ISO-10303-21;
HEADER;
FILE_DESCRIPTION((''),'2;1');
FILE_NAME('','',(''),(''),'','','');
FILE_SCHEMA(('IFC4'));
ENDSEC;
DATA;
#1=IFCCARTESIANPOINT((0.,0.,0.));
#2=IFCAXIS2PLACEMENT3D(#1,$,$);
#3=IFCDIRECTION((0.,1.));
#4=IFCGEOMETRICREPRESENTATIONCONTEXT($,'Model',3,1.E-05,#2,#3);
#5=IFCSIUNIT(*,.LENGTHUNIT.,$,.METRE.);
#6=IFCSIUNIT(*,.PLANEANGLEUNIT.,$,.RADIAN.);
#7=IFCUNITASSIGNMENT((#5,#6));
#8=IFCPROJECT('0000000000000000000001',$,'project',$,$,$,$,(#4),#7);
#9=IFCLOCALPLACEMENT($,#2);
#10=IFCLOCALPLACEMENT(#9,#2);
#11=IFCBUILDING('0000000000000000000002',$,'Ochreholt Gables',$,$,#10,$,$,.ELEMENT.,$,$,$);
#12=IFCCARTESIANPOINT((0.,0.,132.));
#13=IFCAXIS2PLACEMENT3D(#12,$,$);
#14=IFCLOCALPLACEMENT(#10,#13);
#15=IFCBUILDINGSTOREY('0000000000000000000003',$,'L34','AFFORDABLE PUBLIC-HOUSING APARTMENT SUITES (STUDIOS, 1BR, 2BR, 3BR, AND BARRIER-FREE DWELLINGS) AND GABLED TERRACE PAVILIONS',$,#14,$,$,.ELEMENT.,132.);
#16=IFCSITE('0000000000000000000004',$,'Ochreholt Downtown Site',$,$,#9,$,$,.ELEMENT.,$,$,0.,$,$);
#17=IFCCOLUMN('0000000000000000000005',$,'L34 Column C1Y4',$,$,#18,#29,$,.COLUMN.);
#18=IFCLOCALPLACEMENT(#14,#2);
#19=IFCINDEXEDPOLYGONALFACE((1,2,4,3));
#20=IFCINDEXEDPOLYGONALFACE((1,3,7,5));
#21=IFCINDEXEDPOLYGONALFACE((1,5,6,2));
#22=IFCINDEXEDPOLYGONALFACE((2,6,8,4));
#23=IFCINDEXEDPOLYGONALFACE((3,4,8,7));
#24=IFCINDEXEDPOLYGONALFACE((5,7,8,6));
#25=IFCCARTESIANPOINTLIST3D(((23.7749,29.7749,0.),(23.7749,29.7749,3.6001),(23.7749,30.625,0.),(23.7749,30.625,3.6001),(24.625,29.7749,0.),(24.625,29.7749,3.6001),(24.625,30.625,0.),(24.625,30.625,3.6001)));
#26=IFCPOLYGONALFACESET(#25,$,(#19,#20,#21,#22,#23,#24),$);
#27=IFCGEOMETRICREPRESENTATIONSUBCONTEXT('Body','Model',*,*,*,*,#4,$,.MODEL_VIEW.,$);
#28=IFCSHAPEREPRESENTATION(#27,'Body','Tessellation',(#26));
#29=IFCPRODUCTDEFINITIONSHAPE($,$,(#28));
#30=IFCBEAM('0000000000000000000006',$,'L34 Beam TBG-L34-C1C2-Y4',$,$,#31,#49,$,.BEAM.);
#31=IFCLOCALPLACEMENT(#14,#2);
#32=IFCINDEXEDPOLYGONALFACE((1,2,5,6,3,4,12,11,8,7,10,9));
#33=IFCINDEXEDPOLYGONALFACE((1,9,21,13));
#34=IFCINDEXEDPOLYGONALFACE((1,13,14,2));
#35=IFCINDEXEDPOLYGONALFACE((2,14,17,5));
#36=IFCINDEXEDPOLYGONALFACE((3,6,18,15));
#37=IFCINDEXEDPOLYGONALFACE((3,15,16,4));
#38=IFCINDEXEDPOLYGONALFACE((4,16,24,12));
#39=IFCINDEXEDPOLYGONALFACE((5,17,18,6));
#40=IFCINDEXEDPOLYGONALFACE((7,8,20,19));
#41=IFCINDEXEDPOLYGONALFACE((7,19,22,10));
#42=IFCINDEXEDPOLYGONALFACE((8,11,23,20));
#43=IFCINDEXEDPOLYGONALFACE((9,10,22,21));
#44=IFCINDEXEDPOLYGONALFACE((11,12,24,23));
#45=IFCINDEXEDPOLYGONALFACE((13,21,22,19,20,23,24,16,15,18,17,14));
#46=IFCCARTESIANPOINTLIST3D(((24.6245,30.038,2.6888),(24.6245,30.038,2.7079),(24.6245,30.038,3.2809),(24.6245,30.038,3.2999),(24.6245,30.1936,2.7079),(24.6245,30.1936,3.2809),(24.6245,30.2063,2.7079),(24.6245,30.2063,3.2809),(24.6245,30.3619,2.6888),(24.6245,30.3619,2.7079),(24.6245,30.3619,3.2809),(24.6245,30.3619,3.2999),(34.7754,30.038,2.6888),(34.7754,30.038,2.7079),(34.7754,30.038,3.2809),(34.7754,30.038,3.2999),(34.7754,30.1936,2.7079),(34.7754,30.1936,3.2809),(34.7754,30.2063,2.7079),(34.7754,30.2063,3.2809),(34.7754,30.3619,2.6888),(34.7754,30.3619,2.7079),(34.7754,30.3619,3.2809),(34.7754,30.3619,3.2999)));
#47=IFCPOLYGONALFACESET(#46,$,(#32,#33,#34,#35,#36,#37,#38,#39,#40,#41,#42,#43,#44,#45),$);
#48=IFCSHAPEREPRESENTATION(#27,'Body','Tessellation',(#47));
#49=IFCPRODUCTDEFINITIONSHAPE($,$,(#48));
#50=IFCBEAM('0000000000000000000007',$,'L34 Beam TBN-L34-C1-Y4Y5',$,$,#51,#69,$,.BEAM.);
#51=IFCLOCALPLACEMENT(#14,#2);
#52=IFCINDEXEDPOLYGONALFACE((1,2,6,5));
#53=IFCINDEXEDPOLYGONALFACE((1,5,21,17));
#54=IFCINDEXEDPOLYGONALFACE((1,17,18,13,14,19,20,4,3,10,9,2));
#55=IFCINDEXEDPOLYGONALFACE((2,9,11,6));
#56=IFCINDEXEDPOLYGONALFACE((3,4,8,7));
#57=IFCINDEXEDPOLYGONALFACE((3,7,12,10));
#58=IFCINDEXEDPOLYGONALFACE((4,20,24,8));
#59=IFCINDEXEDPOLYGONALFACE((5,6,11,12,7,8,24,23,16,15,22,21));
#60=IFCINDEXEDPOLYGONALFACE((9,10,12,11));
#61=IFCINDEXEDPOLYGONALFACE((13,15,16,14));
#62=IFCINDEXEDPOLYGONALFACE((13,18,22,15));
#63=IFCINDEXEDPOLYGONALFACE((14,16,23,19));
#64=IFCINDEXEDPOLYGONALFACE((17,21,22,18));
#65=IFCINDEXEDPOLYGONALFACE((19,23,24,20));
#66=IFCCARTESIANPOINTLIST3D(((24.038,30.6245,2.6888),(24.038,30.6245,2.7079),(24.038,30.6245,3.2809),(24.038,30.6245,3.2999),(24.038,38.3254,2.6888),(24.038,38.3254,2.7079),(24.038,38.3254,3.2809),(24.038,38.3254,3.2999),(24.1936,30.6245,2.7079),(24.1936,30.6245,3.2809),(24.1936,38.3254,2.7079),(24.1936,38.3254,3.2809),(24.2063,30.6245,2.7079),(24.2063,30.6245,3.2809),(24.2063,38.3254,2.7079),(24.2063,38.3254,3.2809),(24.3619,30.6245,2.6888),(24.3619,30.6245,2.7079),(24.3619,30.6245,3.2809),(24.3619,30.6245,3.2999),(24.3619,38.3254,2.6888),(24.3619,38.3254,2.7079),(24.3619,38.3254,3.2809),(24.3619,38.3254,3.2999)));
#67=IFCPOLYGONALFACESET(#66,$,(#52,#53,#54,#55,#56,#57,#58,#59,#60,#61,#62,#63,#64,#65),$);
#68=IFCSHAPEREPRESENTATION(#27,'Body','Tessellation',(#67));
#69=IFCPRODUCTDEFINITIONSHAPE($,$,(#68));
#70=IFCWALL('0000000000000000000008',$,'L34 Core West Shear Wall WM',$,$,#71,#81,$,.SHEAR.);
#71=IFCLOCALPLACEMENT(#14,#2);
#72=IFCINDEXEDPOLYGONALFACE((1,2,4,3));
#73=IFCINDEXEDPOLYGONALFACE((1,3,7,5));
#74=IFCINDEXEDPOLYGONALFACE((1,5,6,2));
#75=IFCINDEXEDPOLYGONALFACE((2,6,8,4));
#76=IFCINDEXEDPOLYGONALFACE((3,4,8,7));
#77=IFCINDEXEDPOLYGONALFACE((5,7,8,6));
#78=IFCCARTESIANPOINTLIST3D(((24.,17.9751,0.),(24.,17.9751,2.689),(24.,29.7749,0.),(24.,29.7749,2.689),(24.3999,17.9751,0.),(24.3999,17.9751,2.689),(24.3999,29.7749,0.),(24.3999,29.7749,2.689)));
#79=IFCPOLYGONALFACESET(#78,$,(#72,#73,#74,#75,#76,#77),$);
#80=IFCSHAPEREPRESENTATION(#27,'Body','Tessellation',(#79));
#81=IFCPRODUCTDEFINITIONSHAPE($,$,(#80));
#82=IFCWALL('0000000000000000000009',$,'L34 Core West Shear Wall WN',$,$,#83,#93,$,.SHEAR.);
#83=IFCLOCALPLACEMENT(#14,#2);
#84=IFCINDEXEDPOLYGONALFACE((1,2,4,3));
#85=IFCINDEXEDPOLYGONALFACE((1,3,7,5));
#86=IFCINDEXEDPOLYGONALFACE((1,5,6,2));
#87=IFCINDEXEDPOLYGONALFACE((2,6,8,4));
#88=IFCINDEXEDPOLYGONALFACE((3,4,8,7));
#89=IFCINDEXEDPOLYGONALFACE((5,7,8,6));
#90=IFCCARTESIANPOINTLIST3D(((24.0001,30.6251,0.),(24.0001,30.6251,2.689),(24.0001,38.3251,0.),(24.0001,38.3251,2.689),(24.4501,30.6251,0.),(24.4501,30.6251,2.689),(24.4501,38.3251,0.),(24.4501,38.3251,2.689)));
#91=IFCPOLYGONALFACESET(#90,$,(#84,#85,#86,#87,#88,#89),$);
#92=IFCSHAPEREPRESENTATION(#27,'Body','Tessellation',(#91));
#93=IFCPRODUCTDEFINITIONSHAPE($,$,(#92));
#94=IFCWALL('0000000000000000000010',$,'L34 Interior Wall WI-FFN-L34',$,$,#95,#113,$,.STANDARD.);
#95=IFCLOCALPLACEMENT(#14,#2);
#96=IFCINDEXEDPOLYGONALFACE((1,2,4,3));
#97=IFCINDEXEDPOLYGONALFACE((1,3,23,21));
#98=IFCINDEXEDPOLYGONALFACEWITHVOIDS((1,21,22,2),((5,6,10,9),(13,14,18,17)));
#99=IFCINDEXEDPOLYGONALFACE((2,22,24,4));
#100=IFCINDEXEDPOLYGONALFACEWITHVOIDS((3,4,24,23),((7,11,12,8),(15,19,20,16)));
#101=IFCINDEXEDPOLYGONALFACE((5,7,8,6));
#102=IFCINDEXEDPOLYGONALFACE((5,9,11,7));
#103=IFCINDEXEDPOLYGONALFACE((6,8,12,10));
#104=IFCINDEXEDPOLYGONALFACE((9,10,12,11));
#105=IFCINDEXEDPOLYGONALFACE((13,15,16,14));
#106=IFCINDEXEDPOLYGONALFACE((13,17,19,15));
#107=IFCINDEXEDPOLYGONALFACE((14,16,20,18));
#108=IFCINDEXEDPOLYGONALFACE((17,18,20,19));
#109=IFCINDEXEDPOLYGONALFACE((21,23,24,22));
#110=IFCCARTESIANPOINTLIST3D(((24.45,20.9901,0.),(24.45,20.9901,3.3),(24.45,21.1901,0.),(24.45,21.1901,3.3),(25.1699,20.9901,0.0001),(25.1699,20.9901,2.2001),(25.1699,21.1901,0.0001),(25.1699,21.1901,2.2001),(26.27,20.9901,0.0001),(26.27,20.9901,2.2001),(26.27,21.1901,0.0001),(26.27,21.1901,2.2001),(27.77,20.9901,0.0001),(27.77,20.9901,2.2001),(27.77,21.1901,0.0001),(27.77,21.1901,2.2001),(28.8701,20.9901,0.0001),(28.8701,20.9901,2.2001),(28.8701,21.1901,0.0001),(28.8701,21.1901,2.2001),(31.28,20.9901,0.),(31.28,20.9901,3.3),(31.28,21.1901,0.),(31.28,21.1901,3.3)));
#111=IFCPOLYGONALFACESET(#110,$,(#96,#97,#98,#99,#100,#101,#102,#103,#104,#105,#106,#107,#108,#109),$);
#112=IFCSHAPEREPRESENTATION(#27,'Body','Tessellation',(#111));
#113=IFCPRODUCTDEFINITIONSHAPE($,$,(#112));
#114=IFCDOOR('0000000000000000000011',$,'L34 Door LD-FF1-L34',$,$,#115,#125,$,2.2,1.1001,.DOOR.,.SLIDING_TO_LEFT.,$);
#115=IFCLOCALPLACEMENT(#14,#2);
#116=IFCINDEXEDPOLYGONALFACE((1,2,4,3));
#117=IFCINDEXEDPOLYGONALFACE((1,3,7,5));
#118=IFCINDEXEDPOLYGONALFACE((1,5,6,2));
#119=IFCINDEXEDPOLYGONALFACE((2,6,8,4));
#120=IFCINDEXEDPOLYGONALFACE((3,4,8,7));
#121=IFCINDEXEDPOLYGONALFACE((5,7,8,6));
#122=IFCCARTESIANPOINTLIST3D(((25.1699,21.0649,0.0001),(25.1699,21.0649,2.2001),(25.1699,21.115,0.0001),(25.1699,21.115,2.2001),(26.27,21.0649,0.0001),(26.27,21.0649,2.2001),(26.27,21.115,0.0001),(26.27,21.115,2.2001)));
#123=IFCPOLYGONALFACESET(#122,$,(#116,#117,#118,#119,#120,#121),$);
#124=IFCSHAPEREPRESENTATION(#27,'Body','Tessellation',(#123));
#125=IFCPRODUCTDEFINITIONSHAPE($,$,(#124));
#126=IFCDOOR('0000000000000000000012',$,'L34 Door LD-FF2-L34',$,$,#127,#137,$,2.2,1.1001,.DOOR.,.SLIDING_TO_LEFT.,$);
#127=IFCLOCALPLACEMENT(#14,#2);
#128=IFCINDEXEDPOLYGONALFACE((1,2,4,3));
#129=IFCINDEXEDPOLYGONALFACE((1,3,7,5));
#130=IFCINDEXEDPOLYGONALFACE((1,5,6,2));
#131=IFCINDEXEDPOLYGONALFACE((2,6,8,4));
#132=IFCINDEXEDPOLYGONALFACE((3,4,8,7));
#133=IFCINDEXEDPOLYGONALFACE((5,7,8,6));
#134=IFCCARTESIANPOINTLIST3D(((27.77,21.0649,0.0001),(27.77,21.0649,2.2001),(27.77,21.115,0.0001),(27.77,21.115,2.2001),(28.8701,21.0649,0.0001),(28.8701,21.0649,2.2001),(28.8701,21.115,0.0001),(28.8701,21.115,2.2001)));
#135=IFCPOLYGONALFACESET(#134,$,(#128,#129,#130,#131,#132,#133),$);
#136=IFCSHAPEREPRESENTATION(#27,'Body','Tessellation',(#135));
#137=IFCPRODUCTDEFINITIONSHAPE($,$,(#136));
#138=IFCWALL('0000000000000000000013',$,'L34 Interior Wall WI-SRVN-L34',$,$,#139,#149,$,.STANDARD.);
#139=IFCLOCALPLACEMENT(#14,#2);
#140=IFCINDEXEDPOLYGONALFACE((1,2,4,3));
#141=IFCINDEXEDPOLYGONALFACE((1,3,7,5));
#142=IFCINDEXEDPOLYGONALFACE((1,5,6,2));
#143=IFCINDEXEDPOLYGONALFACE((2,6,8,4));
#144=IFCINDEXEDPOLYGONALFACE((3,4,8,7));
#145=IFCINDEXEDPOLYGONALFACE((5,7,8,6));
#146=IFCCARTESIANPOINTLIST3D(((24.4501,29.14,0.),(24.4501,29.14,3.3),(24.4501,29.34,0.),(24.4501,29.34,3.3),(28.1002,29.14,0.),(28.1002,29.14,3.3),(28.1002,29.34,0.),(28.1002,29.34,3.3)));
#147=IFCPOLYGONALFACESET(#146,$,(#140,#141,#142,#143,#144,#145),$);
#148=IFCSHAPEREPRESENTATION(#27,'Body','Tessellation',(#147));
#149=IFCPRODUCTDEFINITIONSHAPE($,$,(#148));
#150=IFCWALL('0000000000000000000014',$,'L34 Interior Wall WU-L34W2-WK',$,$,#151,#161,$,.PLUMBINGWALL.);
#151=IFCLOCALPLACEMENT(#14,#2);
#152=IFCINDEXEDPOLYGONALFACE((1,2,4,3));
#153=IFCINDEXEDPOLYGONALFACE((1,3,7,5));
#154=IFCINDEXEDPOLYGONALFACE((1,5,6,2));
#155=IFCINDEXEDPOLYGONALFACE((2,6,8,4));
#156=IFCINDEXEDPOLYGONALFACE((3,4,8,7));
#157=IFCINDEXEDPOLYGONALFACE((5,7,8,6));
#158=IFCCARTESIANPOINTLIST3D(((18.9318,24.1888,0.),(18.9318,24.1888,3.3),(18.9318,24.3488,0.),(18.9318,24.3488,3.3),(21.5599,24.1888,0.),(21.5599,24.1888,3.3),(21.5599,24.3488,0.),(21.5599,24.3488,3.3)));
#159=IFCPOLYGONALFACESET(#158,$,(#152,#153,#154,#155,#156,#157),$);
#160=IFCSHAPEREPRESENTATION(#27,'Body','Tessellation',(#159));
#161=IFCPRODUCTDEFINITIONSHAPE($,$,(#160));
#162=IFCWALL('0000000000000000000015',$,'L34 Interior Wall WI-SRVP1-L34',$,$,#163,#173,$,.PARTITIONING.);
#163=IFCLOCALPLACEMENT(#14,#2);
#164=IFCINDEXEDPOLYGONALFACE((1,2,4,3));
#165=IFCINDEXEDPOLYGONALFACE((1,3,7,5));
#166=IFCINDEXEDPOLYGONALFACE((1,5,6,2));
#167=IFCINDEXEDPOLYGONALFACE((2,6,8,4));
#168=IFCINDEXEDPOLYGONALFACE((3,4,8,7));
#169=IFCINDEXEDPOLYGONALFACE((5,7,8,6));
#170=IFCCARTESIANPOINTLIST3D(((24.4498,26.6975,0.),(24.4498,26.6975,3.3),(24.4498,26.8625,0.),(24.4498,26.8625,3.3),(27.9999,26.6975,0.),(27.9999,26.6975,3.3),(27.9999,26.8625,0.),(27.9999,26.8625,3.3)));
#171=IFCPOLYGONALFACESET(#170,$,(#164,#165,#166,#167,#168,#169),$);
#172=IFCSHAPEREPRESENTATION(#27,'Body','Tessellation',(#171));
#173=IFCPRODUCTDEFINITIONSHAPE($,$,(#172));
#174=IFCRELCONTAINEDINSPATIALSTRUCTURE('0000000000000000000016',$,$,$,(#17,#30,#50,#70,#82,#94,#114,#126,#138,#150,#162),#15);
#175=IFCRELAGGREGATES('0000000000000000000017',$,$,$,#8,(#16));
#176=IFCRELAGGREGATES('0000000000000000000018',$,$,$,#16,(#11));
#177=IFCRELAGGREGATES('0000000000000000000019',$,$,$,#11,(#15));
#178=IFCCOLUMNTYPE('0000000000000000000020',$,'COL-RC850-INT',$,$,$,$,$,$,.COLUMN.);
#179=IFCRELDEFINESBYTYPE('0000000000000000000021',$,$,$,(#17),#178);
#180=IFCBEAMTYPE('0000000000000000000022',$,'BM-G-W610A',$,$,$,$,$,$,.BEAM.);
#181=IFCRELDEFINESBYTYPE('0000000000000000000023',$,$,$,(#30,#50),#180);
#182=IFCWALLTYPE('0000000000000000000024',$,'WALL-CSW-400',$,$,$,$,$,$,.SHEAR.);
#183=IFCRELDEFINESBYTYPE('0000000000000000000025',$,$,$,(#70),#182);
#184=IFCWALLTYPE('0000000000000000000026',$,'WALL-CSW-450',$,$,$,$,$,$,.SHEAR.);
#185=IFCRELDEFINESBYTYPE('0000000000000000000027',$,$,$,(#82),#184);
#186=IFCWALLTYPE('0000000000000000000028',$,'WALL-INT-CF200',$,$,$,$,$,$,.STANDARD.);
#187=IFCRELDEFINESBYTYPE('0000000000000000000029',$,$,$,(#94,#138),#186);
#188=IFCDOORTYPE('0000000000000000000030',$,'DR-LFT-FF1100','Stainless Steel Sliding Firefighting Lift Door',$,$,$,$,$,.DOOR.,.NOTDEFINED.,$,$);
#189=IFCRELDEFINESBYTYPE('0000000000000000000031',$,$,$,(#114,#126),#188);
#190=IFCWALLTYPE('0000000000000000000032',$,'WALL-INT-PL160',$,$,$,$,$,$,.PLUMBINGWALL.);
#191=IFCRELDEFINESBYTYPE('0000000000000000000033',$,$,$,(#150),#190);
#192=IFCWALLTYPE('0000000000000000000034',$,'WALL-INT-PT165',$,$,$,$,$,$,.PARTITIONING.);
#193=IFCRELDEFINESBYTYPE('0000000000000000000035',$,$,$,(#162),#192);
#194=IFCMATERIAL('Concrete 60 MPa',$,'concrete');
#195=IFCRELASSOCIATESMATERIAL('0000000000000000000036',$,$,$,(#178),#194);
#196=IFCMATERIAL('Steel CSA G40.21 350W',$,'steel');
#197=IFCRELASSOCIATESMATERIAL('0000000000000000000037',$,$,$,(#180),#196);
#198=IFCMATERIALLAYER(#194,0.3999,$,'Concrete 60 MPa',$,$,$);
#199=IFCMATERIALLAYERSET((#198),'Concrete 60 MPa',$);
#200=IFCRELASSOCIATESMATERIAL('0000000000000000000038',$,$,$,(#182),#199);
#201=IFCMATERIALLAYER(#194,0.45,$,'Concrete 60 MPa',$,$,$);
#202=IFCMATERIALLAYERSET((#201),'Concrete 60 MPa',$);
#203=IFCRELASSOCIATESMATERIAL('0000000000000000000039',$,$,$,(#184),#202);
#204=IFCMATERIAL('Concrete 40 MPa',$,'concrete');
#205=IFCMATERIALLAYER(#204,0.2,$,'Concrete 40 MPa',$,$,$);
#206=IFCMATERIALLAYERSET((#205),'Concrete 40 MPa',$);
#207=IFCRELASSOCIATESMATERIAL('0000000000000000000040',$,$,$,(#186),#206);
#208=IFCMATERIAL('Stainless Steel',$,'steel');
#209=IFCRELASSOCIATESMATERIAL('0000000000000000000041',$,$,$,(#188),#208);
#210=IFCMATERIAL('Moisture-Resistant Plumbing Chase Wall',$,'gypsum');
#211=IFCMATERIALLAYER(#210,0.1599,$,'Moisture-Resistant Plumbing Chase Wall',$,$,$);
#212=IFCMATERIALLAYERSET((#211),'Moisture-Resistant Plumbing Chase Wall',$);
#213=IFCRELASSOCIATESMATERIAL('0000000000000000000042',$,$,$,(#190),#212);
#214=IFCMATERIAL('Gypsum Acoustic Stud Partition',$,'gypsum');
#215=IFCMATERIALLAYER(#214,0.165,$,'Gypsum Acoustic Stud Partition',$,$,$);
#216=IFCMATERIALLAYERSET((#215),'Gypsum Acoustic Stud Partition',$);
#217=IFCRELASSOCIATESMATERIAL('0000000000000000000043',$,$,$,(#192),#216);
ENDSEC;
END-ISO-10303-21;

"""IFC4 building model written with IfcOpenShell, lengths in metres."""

from ifc_helpers import new_model, si_unit, direction, frame, frame_2d, origin, origin_2d, place, context, subcontext, project, spatial, rectangle, i_section, extrude, material, layer, layer_set, material_profile, profile_set, type_object, element, fill, save


model = new_model("IFC4")

# Units and contexts
model_context = context("Model", 3, precision=1e-05, world=origin(), true_north=direction((0.0, 1.0)))
body_context = subcontext(model_context, "Body", "Model", "MODEL_VIEW")
ifc_project = project(units=[si_unit("LENGTHUNIT", "METRE"), si_unit("PLANEANGLEUNIT", "RADIAN")], contexts=[model_context])

# Site, building, storey
site_placement = place(None, origin())
site = spatial("IfcSite", under=ifc_project, at=site_placement, Name="Ochreholt Downtown Site", CompositionType="ELEMENT", RefElevation=0.0)
building_placement = place(site_placement, origin())
building = spatial("IfcBuilding", under=site, at=building_placement, Name="Ochreholt Gables", CompositionType="ELEMENT")
storey_placement = place(building_placement, frame((0.0, 0.0, 132.0)))
storey = spatial("IfcBuildingStorey", under=building, at=storey_placement, Name="L34", Description="AFFORDABLE PUBLIC-HOUSING APARTMENT SUITES (STUDIOS, 1BR, 2BR, 3BR, AND BARRIER-FREE DWELLINGS) AND GABLED TERRACE PAVILIONS", CompositionType="ELEMENT", Elevation=132.0)

# Column
ifc_material_1 = material(Name="Concrete 60 MPa", Category="concrete")
ifc_material_profile_1 = material_profile(ifc_material_1, rectangle(XDim=0.8501, YDim=0.8501, at=origin_2d()), Name="RC850X850")
ifc_profile_set_1 = profile_set([ifc_material_profile_1], Name="Concrete 60 MPa")
column_type = type_object("IfcColumnType", Name="COL-RC850-INT", PredefinedType="COLUMN", material=ifc_profile_set_1)
column_placement = place(storey_placement, frame((24.2, 30.2, 0.0), z_axis=(0.0, 0.0, 1.0), x_axis=(1.0, 0.0, 0.0)))
element("IfcColumn", 1, at=column_placement, inside=storey, type_object=column_type, Name="L34 Column C1Y4", PredefinedType="COLUMN", context=body_context, shape_type="SweptSolid", body=[
    extrude(rectangle(XDim=0.8501, YDim=0.8501, at=origin_2d()), origin(), (0.0, 0.0, 1.0), 3.6001),
])

# Beams
ifc_material_2 = material(Name="Steel CSA G40.21 350W", Category="steel")
ifc_material_profile_2 = material_profile(ifc_material_2, i_section(OverallWidth=0.324, OverallDepth=0.6111, WebThickness=0.0127, FlangeThickness=0.019, at=origin_2d()), Name="W610X155")
ifc_profile_set_2 = profile_set([ifc_material_profile_2], Name="Steel CSA G40.21 350W")
beam_type = type_object("IfcBeamType", Name="BM-G-W610A", PredefinedType="BEAM", material=ifc_profile_set_2)
beam_1_placement = place(storey_placement, frame((24.6245, 30.2, 2.9944), z_axis=(1.0, 0.0, 0.0), x_axis=(0.0, 1.0, 0.0)))
element("IfcBeam", 2, at=beam_1_placement, inside=storey, type_object=beam_type, Name="L34 Beam TBG-L34-C1C2-Y4", PredefinedType="BEAM", context=body_context, shape_type="SweptSolid", body=[
    extrude(i_section(OverallWidth=0.324, OverallDepth=0.6111, WebThickness=0.0127, FlangeThickness=0.019, at=origin_2d()), origin(), (0.0, 0.0, 1.0), 10.1509),
])
beam_2_placement = place(storey_placement, frame((24.2, 30.6245, 2.9944), z_axis=(0.0, 1.0, 0.0), x_axis=(-1.0, 0.0, 0.0)))
element("IfcBeam", 3, at=beam_2_placement, inside=storey, type_object=beam_type, Name="L34 Beam TBN-L34-C1-Y4Y5", PredefinedType="BEAM", context=body_context, shape_type="SweptSolid", body=[
    extrude(i_section(OverallWidth=0.324, OverallDepth=0.6111, WebThickness=0.0127, FlangeThickness=0.019, at=origin_2d()), origin(), (0.0, 0.0, 1.0), 7.7009),
])

# Walls
ifc_layer_1 = layer(ifc_material_1, 0.3999, Name="Concrete 60 MPa")
ifc_layer_set_1 = layer_set([ifc_layer_1], Name="Concrete 60 MPa")
wall_type_1 = type_object("IfcWallType", Name="WALL-CSW-400", PredefinedType="SHEAR", material=ifc_layer_set_1)
wall_1_placement = place(storey_placement, frame((24.2, 17.9751, 0.0), z_axis=(0.0, 0.0, 1.0), x_axis=(0.0, 1.0, 0.0)))
element("IfcWall", 4, at=wall_1_placement, inside=storey, type_object=wall_type_1, Name="L34 Core West Shear Wall WM", PredefinedType="SHEAR", context=body_context, shape_type="SweptSolid", body=[
    extrude(rectangle(XDim=11.7998, YDim=0.3999, at=frame_2d((5.8999, 0.0))), origin(), (0.0, 0.0, 1.0), 2.689),
])
ifc_layer_2 = layer(ifc_material_1, 0.45, Name="Concrete 60 MPa")
ifc_layer_set_2 = layer_set([ifc_layer_2], Name="Concrete 60 MPa")
wall_type_2 = type_object("IfcWallType", Name="WALL-CSW-450", PredefinedType="SHEAR", material=ifc_layer_set_2)
wall_2_placement = place(storey_placement, frame((24.2251, 30.625, 0.0), z_axis=(0.0, 0.0, 1.0), x_axis=(0.0, 1.0, 0.0)))
element("IfcWall", 5, at=wall_2_placement, inside=storey, type_object=wall_type_2, Name="L34 Core West Shear Wall WN", PredefinedType="SHEAR", context=body_context, shape_type="SweptSolid", body=[
    extrude(rectangle(XDim=7.7, YDim=0.45, at=frame_2d((3.8501, 0.0))), origin(), (0.0, 0.0, 1.0), 2.689),
])

# Wall, openings, doors
ifc_material_3 = material(Name="Concrete 40 MPa", Category="concrete")
ifc_layer_3 = layer(ifc_material_3, 0.2, Name="Concrete 40 MPa")
ifc_layer_set_3 = layer_set([ifc_layer_3], Name="Concrete 40 MPa")
wall_type_3 = type_object("IfcWallType", Name="WALL-INT-CF200", PredefinedType="STANDARD", material=ifc_layer_set_3)
wall_3_placement = place(storey_placement, frame((24.45, 21.0901, 0.0), z_axis=(0.0, 0.0, 1.0), x_axis=(1.0, 0.0, 0.0)))
wall_3 = element("IfcWall", 6, at=wall_3_placement, inside=storey, type_object=wall_type_3, Name="L34 Interior Wall WI-FFN-L34", PredefinedType="STANDARD", context=body_context, shape_type="SweptSolid", body=[
    extrude(rectangle(XDim=6.8301, YDim=0.2, at=frame_2d((3.415, 0.0))), origin(), (0.0, 0.0, 1.0), 3.3),
])
opening_1_placement = place(wall_3_placement, frame((0.72, 0.0, 0.0)))
opening_1 = element("IfcOpeningElement", 7, at=opening_1_placement, cuts=wall_3, PredefinedType="OPENING", context=body_context, shape_type="SweptSolid", body=[
    extrude(rectangle(XDim=1.1001, YDim=2.2, at=frame_2d((0.55, 1.1001))), frame((0.0, 0.1099, 0.0), z_axis=(0.0, -1.0, 0.0), x_axis=(1.0, 0.0, 0.0)), (0.0, 0.0, 1.0), 0.22),
])
opening_2_placement = place(wall_3_placement, frame((3.3201, 0.0, 0.0)))
opening_2 = element("IfcOpeningElement", 8, at=opening_2_placement, cuts=wall_3, PredefinedType="OPENING", context=body_context, shape_type="SweptSolid", body=[
    extrude(rectangle(XDim=1.1001, YDim=2.2, at=frame_2d((0.55, 1.1001))), frame((0.0, 0.1099, 0.0), z_axis=(0.0, -1.0, 0.0), x_axis=(1.0, 0.0, 0.0)), (0.0, 0.0, 1.0), 0.22),
])
ifc_material_4 = material(Name="Stainless Steel", Category="steel")
door_type_1 = type_object("IfcDoorType", Name="DR-LFT-FF1100", Description="Stainless Steel Sliding Firefighting Lift Door", OperationType="NOTDEFINED", PredefinedType="DOOR", material=ifc_material_4)
door_1_placement = place(opening_1_placement, origin())
door_1 = element("IfcDoor", 9, at=door_1_placement, inside=storey, type_object=door_type_1, Name="L34 Door LD-FF1-L34", OperationType="SLIDING_TO_LEFT", OverallHeight=2.2, OverallWidth=1.1001, PredefinedType="DOOR", context=body_context, shape_type="SweptSolid", body=[
    extrude(rectangle(XDim=1.1001, YDim=2.2, at=frame_2d((0.55, 1.1001))), frame((0.0, 0.0249, 0.0), z_axis=(0.0, -1.0, 0.0), x_axis=(1.0, 0.0, 0.0)), (0.0, 0.0, 1.0), 0.05),
])
fill(opening_1, door_1)
door_2_placement = place(opening_2_placement, origin())
door_2 = element("IfcDoor", 10, at=door_2_placement, inside=storey, type_object=door_type_1, Name="L34 Door LD-FF2-L34", OperationType="SLIDING_TO_LEFT", OverallHeight=2.2, OverallWidth=1.1001, PredefinedType="DOOR", context=body_context, shape_type="SweptSolid", body=[
    extrude(rectangle(XDim=1.1001, YDim=2.2, at=frame_2d((0.55, 1.1001))), frame((0.0, 0.0249, 0.0), z_axis=(0.0, -1.0, 0.0), x_axis=(1.0, 0.0, 0.0)), (0.0, 0.0, 1.0), 0.05),
])
fill(opening_2, door_2)

# Walls
wall_4_placement = place(storey_placement, frame((24.45, 29.24, 0.0), z_axis=(0.0, 0.0, 1.0), x_axis=(1.0, 0.0, 0.0)))
element("IfcWall", 11, at=wall_4_placement, inside=storey, type_object=wall_type_3, Name="L34 Interior Wall WI-SRVN-L34", PredefinedType="STANDARD", context=body_context, shape_type="SweptSolid", body=[
    extrude(rectangle(XDim=3.6501, YDim=0.2, at=frame_2d((1.8252, 0.0))), origin(), (0.0, 0.0, 1.0), 3.3),
])
ifc_material_5 = material(Name="Moisture-Resistant Plumbing Chase Wall", Category="gypsum")
ifc_layer_4 = layer(ifc_material_5, 0.1599, Name="Moisture-Resistant Plumbing Chase Wall")
ifc_layer_set_4 = layer_set([ifc_layer_4], Name="Moisture-Resistant Plumbing Chase Wall")
wall_type_4 = type_object("IfcWallType", Name="WALL-INT-PL160", PredefinedType="PLUMBINGWALL", material=ifc_layer_set_4)
wall_5_placement = place(storey_placement, frame((18.9319, 24.2688, 0.0), z_axis=(0.0, 0.0, 1.0), x_axis=(1.0, 0.0, 0.0)))
element("IfcWall", 12, at=wall_5_placement, inside=storey, type_object=wall_type_4, Name="L34 Interior Wall WU-L34W2-WK", PredefinedType="PLUMBINGWALL", context=body_context, shape_type="SweptSolid", body=[
    extrude(rectangle(XDim=2.6282, YDim=0.1599, at=frame_2d((1.314, 0.0))), origin(), (0.0, 0.0, 1.0), 3.3),
])
ifc_material_6 = material(Name="Gypsum Acoustic Stud Partition", Category="gypsum")
ifc_layer_5 = layer(ifc_material_6, 0.165, Name="Gypsum Acoustic Stud Partition")
ifc_layer_set_5 = layer_set([ifc_layer_5], Name="Gypsum Acoustic Stud Partition")
wall_type_5 = type_object("IfcWallType", Name="WALL-INT-PT165", PredefinedType="PARTITIONING", material=ifc_layer_set_5)
wall_6_placement = place(storey_placement, frame((24.45, 26.78, 0.0), z_axis=(0.0, 0.0, 1.0), x_axis=(1.0, 0.0, 0.0)))
element("IfcWall", 13, at=wall_6_placement, inside=storey, type_object=wall_type_5, Name="L34 Interior Wall WI-SRVP1-L34", PredefinedType="PARTITIONING", context=body_context, shape_type="SweptSolid", body=[
    extrude(rectangle(XDim=3.55, YDim=0.165, at=frame_2d((1.7749, 0.0))), origin(), (0.0, 0.0, 1.0), 3.3),
])

save(model, "model.ifc")
